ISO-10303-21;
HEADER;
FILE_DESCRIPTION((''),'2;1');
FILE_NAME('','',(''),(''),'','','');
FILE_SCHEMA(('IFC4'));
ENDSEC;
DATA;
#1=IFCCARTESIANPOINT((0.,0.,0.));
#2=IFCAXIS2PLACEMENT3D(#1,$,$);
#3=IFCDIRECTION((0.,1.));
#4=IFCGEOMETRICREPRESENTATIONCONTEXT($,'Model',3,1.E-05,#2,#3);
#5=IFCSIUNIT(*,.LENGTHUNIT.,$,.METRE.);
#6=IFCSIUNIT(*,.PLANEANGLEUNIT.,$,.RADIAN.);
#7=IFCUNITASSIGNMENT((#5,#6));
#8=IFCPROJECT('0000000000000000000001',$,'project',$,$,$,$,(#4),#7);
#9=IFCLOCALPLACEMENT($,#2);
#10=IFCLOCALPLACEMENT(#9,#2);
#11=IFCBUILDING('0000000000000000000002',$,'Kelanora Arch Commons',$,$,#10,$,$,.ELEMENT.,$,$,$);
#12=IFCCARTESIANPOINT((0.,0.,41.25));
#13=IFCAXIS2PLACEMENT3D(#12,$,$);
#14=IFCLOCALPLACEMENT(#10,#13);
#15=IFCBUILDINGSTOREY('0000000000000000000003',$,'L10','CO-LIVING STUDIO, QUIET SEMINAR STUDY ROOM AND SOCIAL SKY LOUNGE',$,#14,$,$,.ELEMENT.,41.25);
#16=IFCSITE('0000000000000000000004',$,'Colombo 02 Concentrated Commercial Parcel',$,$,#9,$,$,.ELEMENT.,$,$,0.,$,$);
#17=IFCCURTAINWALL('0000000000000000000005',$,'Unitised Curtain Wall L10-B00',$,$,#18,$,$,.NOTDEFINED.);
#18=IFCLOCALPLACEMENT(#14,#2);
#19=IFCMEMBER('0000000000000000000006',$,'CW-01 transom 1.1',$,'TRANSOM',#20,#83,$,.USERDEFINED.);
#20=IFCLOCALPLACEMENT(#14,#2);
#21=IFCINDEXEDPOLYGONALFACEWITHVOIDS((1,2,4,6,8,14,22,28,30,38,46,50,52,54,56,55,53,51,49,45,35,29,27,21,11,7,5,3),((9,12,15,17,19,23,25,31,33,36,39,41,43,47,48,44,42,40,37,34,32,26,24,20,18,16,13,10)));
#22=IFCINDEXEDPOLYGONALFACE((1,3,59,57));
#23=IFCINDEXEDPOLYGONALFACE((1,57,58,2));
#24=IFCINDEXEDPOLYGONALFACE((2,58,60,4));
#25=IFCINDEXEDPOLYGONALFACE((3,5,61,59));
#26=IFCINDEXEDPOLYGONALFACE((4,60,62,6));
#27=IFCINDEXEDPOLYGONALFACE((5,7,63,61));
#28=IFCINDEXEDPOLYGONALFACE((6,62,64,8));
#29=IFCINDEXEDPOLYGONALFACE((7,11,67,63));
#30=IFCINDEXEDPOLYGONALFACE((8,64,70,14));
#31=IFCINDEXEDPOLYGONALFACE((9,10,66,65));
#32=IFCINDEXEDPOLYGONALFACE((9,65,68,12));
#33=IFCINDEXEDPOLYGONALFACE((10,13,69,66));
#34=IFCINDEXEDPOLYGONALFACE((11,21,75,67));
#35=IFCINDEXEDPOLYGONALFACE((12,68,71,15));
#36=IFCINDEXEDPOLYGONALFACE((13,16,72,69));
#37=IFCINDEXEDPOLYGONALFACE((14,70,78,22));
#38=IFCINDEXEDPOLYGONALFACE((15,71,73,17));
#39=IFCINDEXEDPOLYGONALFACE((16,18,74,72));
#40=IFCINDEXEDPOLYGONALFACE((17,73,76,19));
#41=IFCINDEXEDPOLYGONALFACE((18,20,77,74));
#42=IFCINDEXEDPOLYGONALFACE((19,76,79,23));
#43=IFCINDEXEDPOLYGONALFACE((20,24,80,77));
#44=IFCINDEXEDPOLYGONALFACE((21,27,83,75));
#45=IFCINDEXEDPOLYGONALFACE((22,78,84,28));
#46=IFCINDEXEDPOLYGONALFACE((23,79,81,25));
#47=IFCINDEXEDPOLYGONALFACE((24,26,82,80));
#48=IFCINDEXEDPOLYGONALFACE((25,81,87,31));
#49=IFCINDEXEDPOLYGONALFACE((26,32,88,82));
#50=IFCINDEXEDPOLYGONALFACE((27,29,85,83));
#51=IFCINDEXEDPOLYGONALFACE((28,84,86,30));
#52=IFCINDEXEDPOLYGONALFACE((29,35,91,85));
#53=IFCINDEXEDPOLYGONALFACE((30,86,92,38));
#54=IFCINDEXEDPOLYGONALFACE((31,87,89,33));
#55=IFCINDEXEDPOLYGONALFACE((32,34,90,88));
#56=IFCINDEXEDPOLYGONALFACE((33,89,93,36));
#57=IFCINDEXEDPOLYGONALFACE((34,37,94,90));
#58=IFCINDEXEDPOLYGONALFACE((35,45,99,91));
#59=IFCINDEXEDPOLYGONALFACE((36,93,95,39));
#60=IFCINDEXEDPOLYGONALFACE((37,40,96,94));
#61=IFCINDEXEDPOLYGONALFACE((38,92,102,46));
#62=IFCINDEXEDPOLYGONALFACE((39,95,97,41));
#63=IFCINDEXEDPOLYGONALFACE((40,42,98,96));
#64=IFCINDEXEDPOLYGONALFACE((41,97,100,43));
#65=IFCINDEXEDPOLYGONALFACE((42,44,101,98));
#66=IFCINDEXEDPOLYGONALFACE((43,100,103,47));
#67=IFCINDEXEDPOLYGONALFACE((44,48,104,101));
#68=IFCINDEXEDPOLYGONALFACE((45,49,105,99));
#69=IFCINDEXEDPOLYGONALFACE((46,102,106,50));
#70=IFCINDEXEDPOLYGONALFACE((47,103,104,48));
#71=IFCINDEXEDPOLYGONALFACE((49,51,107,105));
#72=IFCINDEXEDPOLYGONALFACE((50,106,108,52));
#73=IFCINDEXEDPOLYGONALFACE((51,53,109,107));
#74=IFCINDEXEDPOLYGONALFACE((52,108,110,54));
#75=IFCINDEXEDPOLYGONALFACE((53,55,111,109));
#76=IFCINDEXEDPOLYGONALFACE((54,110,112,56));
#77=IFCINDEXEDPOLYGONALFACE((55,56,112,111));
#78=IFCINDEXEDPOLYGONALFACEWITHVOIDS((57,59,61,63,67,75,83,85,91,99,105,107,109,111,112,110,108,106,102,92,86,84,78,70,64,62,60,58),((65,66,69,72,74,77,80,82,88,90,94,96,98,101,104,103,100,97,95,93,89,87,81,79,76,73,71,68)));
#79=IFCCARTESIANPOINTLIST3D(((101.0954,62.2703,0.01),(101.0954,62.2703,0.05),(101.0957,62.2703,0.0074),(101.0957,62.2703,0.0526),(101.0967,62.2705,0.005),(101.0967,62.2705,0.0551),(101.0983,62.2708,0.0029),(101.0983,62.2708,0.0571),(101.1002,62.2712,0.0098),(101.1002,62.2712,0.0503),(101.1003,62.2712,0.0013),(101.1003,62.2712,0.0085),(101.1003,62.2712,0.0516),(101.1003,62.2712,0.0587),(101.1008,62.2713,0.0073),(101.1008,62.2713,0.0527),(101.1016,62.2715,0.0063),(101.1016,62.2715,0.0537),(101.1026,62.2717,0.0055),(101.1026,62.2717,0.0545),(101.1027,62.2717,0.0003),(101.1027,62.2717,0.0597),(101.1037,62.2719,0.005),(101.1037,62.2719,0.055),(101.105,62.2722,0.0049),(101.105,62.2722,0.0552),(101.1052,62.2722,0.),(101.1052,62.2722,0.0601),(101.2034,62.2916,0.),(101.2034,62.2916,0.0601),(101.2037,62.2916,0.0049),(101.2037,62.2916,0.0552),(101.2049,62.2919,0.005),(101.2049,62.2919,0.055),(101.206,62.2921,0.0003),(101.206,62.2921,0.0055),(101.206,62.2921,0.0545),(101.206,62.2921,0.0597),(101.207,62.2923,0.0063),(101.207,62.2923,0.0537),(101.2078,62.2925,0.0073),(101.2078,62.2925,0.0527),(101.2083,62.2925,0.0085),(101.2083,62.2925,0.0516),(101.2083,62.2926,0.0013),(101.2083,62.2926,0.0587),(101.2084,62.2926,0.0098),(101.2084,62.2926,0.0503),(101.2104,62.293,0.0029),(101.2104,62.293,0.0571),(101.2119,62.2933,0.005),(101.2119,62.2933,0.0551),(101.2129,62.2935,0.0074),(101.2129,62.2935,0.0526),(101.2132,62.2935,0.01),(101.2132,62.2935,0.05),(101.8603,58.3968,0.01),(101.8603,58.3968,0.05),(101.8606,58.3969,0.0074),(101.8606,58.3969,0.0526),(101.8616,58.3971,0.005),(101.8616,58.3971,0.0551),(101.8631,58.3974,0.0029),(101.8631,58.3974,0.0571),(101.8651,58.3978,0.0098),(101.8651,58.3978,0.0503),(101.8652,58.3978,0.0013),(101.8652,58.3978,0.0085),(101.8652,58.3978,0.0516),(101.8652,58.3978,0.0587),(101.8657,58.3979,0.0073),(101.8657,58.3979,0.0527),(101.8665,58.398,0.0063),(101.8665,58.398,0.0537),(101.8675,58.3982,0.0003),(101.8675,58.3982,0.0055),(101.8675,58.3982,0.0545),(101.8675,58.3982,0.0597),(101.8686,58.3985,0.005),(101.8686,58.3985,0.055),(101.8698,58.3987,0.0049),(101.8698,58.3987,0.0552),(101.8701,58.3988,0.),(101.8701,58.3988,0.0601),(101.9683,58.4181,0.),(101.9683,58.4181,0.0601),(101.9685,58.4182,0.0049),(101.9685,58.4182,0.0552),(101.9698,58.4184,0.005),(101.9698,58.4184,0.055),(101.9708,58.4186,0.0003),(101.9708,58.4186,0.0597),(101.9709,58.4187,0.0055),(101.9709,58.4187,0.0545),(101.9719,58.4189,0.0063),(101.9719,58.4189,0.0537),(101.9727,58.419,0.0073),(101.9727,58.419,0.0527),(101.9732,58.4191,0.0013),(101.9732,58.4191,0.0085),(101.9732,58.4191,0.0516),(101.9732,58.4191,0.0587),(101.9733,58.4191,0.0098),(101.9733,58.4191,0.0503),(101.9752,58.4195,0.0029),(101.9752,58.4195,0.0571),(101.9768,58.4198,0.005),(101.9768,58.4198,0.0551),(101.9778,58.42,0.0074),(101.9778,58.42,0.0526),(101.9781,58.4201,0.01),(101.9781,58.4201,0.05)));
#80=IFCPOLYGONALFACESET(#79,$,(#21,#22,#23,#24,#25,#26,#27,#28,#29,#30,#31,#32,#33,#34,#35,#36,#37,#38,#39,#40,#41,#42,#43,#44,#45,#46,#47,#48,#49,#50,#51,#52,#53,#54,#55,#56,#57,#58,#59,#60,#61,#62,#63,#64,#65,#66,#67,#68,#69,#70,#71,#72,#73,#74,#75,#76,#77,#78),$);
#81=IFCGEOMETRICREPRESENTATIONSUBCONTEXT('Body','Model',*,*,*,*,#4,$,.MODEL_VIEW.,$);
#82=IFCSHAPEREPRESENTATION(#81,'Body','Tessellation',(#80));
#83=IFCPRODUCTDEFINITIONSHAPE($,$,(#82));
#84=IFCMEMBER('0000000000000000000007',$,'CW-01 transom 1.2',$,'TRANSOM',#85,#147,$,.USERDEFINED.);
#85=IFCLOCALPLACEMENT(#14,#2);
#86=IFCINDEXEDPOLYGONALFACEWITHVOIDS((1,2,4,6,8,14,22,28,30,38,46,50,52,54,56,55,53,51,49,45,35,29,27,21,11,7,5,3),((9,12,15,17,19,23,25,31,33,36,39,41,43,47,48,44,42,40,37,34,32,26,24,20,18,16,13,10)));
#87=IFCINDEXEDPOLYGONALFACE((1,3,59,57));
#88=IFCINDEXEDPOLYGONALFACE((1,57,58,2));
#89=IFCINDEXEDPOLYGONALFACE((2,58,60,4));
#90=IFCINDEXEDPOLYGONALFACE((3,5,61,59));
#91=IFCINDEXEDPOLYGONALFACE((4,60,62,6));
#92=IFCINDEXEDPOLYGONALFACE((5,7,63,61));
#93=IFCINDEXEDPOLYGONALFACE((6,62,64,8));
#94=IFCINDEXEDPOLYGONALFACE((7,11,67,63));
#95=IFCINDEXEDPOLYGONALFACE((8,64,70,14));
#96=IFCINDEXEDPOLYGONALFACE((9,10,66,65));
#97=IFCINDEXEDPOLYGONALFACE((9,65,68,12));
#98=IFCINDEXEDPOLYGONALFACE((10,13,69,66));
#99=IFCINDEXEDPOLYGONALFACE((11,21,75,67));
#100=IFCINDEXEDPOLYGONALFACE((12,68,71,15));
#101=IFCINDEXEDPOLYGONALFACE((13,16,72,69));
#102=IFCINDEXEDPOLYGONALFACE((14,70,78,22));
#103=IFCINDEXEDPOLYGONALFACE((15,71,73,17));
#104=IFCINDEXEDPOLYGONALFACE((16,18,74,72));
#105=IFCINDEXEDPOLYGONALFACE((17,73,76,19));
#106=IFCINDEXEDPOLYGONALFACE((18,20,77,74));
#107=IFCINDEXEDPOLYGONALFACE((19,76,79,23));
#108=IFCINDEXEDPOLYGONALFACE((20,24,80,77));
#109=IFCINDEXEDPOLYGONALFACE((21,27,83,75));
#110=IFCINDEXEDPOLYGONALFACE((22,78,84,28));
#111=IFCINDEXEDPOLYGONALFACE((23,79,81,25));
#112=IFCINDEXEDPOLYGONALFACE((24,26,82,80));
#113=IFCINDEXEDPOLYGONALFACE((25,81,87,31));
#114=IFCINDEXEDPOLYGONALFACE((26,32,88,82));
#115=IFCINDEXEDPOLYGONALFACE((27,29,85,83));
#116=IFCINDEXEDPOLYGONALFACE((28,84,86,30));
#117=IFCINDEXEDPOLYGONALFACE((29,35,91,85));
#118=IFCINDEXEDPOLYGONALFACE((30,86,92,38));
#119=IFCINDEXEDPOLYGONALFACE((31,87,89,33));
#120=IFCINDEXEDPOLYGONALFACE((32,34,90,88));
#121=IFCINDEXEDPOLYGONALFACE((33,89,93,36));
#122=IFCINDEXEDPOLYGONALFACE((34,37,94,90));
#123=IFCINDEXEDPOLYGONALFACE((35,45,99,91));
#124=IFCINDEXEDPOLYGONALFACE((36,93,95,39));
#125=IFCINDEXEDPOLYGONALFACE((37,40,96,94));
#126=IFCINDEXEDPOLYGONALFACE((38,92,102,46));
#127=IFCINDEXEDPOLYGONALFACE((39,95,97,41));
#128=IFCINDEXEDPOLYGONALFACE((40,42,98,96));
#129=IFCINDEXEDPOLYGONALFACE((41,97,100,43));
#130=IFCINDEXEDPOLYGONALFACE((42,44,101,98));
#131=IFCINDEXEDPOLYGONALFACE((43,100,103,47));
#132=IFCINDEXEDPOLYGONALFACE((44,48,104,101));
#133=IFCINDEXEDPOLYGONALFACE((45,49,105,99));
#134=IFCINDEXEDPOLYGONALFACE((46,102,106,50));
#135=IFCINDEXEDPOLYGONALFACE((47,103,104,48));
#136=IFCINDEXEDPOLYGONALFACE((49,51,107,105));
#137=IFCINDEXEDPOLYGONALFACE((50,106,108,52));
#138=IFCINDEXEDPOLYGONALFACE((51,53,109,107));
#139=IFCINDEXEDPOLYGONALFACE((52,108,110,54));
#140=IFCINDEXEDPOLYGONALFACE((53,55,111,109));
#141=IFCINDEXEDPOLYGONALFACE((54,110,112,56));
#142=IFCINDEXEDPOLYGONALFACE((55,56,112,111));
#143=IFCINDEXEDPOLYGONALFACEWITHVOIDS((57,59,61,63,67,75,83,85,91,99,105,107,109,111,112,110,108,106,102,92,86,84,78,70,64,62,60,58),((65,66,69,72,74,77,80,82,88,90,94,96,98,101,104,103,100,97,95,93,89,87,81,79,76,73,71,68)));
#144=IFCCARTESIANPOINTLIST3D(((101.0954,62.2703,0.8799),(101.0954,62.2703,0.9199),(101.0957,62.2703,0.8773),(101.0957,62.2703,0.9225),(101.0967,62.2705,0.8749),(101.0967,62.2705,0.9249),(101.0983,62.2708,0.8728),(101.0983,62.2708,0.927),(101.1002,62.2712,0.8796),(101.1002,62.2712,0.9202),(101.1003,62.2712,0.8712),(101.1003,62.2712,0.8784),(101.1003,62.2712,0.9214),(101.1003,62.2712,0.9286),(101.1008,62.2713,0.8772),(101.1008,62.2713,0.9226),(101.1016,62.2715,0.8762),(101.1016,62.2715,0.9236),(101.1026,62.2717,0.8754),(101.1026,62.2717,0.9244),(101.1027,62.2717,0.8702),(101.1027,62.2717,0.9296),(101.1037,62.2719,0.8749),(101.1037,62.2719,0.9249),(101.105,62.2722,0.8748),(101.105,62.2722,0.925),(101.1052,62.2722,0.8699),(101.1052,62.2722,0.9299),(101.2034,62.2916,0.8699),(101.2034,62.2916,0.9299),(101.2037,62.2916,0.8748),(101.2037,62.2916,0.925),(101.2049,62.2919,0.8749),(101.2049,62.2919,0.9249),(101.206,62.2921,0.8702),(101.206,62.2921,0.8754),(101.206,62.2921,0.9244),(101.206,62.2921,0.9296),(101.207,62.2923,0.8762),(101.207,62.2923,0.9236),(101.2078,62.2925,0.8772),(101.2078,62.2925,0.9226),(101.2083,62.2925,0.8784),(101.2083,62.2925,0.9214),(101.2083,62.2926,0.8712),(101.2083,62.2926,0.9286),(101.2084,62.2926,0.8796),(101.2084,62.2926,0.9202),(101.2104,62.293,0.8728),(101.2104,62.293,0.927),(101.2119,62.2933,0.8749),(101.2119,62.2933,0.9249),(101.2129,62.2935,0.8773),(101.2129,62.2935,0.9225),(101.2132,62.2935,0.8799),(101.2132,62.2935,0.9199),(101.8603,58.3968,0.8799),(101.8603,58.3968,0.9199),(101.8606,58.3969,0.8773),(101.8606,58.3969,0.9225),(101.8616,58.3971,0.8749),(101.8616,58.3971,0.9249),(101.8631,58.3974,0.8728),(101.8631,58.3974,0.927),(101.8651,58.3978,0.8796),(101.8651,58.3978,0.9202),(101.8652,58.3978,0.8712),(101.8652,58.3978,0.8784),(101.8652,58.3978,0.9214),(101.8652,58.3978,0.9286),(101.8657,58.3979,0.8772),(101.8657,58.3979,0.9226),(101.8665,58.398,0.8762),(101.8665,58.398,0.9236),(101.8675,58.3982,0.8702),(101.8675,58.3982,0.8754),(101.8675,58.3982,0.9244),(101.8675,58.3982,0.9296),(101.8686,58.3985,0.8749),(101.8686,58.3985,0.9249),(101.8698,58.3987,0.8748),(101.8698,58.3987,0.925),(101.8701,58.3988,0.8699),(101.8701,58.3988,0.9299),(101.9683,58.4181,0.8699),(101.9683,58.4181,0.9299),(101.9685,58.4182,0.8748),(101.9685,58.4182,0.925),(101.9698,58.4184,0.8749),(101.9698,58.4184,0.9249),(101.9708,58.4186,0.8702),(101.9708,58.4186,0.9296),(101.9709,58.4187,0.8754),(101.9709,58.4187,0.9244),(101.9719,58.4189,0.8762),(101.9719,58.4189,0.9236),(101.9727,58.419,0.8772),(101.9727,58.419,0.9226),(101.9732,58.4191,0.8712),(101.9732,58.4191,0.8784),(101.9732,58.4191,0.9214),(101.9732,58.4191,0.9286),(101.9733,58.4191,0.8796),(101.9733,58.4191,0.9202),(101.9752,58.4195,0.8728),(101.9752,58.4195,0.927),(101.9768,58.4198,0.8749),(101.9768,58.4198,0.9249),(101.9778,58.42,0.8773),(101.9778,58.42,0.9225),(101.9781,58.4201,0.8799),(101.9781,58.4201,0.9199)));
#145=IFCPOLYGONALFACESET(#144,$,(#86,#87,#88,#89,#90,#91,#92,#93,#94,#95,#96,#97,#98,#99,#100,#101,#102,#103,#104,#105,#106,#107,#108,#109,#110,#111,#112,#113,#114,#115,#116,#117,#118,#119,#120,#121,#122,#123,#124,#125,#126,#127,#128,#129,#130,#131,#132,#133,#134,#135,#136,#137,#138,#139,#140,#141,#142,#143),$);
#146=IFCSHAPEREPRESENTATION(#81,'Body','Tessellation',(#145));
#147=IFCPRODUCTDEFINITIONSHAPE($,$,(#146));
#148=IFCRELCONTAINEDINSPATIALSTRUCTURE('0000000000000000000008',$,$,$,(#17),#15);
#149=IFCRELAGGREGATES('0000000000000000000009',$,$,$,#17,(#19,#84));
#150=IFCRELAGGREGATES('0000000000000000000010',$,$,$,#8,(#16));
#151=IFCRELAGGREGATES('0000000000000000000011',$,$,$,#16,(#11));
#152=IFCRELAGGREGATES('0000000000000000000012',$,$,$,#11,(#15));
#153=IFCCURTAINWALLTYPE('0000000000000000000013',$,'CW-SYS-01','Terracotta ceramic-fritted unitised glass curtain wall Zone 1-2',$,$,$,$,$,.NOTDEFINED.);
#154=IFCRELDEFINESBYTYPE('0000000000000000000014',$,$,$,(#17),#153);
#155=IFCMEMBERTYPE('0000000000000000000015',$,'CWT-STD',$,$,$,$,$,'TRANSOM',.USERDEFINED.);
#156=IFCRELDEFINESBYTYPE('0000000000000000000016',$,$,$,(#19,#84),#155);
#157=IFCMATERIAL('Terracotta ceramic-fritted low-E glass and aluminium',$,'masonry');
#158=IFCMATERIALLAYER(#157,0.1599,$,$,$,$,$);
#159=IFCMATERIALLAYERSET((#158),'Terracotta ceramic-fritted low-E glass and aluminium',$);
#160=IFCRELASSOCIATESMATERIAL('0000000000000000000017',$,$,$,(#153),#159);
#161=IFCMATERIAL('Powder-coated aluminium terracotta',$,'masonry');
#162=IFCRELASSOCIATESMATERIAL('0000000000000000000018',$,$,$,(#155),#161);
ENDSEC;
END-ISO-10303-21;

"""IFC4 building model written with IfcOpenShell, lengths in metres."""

from ifc_helpers import new_model, si_unit, direction, frame, origin, origin_2d, place, context, subcontext, project, spatial, hollow_rectangle, extrude, material, layer, layer_set, material_profile, profile_set, type_object, element, aggregate, save


model = new_model("IFC4")

# Units and contexts
model_context = context("Model", 3, precision=1e-05, world=origin(), true_north=direction((0.0, 1.0)))
body_context = subcontext(model_context, "Body", "Model", "MODEL_VIEW")
ifc_project = project(units=[si_unit("LENGTHUNIT", "METRE"), si_unit("PLANEANGLEUNIT", "RADIAN")], contexts=[model_context])

# Site, building, storey
site_placement = place(None, origin())
site = spatial("IfcSite", under=ifc_project, at=site_placement, Name="Colombo 02 Concentrated Commercial Parcel", CompositionType="ELEMENT", RefElevation=0.0)
building_placement = place(site_placement, origin())
building = spatial("IfcBuilding", under=site, at=building_placement, Name="Kelanora Arch Commons", CompositionType="ELEMENT")
storey_placement = place(building_placement, frame((0.0, 0.0, 41.25)))
storey = spatial("IfcBuildingStorey", under=building, at=storey_placement, Name="L10", Description="CO-LIVING STUDIO, QUIET SEMINAR STUDY ROOM AND SOCIAL SKY LOUNGE", CompositionType="ELEMENT", Elevation=41.25)

# Curtain wall, members
ifc_material_1 = material(Name="Terracotta ceramic-fritted low-E glass and aluminium", Category="masonry")
ifc_layer_1 = layer(ifc_material_1, 0.1599)
ifc_layer_set_1 = layer_set([ifc_layer_1], Name="Terracotta ceramic-fritted low-E glass and aluminium")
curtain_wall_type = type_object("IfcCurtainWallType", Name="CW-SYS-01", Description="Terracotta ceramic-fritted unitised glass curtain wall Zone 1-2", PredefinedType="NOTDEFINED", material=ifc_layer_set_1)
curtain_wall_placement = place(storey_placement, origin())
curtain_wall = element("IfcCurtainWall", 1, at=curtain_wall_placement, inside=storey, type_object=curtain_wall_type, Name="Unitised Curtain Wall L10-B00", PredefinedType="NOTDEFINED")
ifc_material_2 = material(Name="Powder-coated aluminium terracotta", Category="masonry")
ifc_material_profile_1 = material_profile(ifc_material_2, hollow_rectangle(XDim=0.1201, YDim=0.0601, WallThickness=0.0049, InnerFilletRadius=0.0049, OuterFilletRadius=0.01, at=origin_2d()), Name="CWT120x60")
ifc_profile_set_1 = profile_set([ifc_material_profile_1], Name="Powder-coated aluminium terracotta")
member_type_1 = type_object("IfcMemberType", Name="CWT-STD", ElementType="TRANSOM", PredefinedType="USERDEFINED", material=ifc_profile_set_1)
member_1_placement = place(storey_placement, frame((101.9192, 58.4084, 0.03), z_axis=(-0.193725, 0.981056, 0.0), x_axis=(-0.981056, -0.193725, 0.0)))
member_1 = element("IfcMember", 2, at=member_1_placement, type_object=member_type_1, Name="CW-01 transom 1.1", ObjectType="TRANSOM", PredefinedType="USERDEFINED", context=body_context, shape_type="SweptSolid", body=[
    extrude(hollow_rectangle(XDim=0.1201, YDim=0.0601, WallThickness=0.0049, InnerFilletRadius=0.0049, OuterFilletRadius=0.01, at=origin_2d()), origin(), (0.0, 0.0, 1.0), 3.9482),
])
member_2_placement = place(storey_placement, frame((101.9192, 58.4084, 0.8999), z_axis=(-0.193725, 0.981056, 0.0), x_axis=(-0.981056, -0.193725, 0.0)))
member_2 = element("IfcMember", 3, at=member_2_placement, type_object=member_type_1, Name="CW-01 transom 1.2", ObjectType="TRANSOM", PredefinedType="USERDEFINED", context=body_context, shape_type="SweptSolid", body=[
    extrude(hollow_rectangle(XDim=0.1201, YDim=0.0601, WallThickness=0.0049, InnerFilletRadius=0.0049, OuterFilletRadius=0.01, at=origin_2d()), origin(), (0.0, 0.0, 1.0), 3.9482),
])
aggregate(curtain_wall, [member_1, member_2])

save(model, "model.ifc")
